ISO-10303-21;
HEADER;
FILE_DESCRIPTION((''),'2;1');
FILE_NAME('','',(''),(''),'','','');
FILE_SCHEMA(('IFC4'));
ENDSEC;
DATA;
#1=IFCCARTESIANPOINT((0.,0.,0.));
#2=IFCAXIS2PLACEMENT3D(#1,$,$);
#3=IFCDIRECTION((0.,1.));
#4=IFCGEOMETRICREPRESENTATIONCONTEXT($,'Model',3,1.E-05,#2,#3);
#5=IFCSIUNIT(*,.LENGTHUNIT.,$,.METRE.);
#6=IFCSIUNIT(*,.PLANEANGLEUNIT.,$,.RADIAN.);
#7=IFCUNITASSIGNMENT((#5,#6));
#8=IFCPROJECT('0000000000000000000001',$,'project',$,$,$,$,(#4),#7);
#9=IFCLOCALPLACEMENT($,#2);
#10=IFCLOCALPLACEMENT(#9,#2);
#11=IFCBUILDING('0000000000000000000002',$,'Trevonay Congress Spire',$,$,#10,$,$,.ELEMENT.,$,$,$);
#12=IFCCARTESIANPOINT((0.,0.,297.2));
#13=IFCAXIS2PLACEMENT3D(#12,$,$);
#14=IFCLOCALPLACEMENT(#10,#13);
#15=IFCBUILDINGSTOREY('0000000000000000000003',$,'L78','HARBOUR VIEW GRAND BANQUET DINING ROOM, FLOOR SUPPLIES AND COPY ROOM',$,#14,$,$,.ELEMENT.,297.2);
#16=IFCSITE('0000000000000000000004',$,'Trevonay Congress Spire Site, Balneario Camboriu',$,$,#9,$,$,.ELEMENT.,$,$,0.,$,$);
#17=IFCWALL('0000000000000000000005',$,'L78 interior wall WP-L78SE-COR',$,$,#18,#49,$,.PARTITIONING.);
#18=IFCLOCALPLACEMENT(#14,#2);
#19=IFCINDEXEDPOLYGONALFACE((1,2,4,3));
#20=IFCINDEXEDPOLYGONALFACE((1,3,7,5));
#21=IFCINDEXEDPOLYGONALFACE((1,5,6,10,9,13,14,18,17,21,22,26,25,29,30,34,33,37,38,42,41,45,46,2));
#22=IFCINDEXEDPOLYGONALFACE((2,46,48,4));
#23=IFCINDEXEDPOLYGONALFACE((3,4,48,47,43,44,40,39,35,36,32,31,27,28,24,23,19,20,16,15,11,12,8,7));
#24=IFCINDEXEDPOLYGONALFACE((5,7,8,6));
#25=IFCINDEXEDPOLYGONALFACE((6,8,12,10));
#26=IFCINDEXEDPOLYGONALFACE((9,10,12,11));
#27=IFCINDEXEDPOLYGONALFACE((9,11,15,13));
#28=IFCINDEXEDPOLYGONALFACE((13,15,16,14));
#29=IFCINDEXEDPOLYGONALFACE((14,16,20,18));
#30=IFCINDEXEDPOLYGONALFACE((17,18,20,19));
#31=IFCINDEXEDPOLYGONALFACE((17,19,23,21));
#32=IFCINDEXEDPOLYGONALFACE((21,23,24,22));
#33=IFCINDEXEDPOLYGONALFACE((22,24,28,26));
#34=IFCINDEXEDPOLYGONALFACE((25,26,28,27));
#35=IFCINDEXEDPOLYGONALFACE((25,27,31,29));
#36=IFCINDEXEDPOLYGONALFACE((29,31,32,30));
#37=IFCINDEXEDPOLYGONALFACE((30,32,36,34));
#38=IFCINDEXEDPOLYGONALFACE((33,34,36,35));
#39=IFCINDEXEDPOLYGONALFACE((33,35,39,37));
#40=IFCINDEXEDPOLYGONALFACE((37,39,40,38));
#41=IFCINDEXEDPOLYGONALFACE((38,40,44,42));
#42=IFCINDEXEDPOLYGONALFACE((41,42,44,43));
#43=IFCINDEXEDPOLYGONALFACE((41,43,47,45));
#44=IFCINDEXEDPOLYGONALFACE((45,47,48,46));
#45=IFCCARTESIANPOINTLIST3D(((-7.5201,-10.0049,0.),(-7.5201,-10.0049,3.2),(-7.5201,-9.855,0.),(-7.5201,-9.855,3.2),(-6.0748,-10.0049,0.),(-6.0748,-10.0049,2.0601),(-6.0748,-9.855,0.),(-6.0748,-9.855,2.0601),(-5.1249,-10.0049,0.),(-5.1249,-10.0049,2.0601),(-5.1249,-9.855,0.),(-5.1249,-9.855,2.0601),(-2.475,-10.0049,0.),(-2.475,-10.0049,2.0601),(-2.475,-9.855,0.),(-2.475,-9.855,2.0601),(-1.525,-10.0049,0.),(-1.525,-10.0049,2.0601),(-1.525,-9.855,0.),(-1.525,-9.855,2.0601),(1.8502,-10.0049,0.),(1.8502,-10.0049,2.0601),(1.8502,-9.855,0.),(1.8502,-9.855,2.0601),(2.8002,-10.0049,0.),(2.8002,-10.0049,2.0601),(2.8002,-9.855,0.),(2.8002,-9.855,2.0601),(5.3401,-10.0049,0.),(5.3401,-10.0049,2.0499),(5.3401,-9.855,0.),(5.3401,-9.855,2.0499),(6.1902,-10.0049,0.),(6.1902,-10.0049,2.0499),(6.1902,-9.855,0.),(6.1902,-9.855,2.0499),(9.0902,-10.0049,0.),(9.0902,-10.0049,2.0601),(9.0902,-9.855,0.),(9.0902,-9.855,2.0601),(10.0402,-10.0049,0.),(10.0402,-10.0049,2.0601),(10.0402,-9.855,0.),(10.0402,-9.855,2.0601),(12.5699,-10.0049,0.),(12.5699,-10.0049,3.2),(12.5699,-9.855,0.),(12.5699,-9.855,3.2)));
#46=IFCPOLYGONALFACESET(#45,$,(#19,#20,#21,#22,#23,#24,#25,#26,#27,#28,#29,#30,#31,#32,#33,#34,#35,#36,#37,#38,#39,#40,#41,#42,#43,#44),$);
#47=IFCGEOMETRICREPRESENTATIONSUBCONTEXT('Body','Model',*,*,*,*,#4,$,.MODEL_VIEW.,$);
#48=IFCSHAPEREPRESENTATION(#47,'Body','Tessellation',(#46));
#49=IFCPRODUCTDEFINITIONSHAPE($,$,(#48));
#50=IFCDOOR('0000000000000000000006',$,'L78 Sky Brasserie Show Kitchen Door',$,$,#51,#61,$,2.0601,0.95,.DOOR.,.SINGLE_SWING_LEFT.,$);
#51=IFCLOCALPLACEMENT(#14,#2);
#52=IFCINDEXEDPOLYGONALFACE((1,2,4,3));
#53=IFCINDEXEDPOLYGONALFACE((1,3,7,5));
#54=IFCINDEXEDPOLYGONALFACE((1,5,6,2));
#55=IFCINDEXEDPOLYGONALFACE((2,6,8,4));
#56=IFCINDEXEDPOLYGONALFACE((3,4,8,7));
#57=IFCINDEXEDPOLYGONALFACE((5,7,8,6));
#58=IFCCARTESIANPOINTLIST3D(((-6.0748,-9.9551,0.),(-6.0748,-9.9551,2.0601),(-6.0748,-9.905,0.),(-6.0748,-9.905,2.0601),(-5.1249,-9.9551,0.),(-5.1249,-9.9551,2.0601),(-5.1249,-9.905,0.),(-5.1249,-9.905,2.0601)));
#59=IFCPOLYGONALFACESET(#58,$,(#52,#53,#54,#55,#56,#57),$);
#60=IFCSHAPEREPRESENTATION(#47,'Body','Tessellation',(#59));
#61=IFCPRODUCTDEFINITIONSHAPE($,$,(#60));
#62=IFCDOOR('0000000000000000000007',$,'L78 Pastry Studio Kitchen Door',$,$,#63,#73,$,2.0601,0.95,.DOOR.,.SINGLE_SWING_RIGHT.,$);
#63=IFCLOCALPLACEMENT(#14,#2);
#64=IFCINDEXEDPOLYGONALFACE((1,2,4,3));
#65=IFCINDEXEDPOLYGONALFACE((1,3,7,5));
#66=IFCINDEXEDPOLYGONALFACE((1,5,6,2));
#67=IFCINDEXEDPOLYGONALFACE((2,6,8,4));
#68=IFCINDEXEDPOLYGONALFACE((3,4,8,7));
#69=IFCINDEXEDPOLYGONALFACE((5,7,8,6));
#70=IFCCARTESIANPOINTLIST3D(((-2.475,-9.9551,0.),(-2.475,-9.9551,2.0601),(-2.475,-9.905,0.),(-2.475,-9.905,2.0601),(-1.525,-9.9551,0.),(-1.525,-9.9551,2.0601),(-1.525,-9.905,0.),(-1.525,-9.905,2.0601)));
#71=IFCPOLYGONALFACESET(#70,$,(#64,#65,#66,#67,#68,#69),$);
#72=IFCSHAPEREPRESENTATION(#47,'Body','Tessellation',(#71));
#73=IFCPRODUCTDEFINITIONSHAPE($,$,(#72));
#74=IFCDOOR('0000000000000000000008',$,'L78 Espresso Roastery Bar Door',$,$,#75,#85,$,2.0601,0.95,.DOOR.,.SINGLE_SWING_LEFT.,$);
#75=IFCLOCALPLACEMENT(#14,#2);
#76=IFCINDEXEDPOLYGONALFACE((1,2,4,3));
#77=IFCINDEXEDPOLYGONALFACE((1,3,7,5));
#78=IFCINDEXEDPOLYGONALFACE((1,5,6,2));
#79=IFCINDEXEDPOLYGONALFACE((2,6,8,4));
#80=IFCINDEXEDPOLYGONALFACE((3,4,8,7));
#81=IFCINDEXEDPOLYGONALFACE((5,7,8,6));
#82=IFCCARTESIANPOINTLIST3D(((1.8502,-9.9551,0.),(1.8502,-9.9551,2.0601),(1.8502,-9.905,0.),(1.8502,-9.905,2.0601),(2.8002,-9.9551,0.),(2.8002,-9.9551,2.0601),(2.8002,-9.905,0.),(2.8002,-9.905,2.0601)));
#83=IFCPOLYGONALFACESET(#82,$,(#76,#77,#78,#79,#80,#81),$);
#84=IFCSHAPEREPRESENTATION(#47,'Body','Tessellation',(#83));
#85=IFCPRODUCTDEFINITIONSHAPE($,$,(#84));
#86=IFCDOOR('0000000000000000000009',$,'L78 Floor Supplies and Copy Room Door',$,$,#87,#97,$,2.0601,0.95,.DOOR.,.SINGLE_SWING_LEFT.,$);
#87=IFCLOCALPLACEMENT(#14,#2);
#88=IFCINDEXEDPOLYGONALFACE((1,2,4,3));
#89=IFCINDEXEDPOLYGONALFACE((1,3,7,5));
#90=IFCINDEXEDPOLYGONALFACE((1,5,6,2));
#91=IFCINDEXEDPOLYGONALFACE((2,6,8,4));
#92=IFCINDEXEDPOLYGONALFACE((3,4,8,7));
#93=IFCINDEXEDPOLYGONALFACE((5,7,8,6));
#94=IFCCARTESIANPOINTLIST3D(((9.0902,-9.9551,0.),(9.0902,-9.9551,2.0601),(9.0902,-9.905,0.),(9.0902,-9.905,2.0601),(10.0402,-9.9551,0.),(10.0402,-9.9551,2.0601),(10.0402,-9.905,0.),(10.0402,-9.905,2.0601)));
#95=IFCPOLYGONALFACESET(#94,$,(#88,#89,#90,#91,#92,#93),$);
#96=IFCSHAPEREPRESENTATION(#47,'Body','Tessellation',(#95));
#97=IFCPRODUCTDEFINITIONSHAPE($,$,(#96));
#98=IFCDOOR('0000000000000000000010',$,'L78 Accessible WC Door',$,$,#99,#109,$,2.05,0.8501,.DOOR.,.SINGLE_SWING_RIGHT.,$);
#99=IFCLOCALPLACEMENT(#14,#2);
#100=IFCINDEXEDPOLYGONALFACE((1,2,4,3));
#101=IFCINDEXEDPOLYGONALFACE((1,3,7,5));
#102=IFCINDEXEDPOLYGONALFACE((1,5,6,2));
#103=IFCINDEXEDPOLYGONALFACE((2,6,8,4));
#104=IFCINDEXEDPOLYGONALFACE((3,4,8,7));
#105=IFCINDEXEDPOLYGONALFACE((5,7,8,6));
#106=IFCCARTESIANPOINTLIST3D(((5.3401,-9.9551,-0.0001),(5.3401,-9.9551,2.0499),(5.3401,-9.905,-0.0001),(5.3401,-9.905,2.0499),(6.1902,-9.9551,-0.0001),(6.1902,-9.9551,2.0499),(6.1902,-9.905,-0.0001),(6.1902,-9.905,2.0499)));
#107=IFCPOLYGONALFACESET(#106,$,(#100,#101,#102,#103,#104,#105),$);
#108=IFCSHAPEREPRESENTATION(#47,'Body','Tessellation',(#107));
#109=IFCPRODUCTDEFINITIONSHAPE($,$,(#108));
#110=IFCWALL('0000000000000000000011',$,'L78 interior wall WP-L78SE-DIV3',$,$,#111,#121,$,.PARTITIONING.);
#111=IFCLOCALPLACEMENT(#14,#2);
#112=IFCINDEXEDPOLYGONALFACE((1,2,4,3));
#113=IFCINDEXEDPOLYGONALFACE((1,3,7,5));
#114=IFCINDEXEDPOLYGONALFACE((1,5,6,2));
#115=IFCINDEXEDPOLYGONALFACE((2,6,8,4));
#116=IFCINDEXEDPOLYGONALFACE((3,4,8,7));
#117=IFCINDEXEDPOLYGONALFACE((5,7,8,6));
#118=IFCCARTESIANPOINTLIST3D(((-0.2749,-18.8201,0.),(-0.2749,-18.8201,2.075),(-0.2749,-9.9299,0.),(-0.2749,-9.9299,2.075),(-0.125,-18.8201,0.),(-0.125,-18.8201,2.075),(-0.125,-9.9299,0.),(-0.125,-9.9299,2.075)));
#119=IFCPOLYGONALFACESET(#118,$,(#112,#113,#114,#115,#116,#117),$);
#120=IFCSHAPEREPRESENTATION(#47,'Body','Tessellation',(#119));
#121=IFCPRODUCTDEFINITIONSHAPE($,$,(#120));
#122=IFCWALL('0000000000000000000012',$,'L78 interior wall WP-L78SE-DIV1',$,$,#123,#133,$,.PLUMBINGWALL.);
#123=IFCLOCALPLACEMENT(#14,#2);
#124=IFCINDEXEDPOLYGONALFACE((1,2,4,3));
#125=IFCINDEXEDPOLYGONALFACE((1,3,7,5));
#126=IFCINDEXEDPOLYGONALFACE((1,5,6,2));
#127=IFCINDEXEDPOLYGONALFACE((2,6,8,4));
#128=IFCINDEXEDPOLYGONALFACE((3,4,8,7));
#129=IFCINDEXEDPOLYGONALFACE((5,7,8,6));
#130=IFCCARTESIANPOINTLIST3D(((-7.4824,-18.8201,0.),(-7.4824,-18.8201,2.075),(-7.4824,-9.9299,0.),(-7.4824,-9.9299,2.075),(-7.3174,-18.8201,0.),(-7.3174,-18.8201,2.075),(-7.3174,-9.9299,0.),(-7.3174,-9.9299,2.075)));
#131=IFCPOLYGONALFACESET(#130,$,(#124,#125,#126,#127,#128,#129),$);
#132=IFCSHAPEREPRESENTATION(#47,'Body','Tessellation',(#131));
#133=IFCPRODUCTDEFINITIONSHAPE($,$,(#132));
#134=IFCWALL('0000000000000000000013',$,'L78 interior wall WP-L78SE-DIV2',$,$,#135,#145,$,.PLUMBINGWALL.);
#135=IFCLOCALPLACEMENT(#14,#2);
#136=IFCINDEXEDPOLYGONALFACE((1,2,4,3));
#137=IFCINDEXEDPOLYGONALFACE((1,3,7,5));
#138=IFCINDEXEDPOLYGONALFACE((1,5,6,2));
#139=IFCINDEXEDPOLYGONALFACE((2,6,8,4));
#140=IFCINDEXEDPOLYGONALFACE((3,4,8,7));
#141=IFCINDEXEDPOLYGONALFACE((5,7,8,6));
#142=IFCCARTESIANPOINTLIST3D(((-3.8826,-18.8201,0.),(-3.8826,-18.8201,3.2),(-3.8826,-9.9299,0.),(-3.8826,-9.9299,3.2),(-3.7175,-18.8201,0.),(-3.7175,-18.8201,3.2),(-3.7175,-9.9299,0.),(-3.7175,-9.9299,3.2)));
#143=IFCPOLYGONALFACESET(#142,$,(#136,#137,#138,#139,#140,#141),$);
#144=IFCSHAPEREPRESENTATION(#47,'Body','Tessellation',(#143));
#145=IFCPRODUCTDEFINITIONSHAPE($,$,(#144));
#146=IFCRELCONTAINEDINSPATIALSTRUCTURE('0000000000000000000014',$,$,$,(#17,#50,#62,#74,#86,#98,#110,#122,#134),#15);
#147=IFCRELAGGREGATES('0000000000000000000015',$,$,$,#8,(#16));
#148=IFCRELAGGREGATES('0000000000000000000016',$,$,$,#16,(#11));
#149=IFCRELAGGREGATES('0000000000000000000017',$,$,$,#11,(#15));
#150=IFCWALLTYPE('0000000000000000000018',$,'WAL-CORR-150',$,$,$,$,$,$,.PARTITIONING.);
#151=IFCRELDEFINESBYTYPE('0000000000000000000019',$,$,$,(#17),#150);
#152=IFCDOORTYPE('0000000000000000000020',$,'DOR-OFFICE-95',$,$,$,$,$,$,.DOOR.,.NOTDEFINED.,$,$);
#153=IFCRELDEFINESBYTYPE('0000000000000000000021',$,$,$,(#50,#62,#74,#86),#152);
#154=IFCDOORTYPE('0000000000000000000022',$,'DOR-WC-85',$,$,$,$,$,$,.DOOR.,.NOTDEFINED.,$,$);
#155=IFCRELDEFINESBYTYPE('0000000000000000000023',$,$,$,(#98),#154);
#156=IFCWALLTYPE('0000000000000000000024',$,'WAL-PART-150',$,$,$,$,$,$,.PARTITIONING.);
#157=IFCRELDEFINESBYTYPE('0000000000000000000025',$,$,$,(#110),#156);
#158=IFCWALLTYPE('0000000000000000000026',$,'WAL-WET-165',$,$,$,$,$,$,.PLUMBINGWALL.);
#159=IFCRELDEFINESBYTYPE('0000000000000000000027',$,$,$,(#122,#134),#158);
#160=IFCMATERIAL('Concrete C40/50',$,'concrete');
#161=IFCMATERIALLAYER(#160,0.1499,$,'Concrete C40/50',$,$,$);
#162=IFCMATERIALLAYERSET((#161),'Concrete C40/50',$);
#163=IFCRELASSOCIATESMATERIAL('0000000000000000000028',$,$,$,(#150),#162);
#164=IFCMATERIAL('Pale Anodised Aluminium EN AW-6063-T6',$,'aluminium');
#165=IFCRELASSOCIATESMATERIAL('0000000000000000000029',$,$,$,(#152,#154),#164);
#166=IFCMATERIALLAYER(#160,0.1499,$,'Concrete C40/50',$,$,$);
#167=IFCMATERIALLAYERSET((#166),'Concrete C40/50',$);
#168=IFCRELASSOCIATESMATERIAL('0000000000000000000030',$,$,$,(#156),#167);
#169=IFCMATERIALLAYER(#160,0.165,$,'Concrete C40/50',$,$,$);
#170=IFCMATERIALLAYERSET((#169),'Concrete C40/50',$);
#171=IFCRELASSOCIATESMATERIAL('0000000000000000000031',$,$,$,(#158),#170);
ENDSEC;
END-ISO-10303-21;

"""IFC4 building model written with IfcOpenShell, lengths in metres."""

from ifc_helpers import new_model, si_unit, direction, frame, frame_2d, origin, place, context, subcontext, project, spatial, rectangle, extrude, material, layer, layer_set, type_object, element, fill, save


model = new_model("IFC4")

# Units and contexts
model_context = context("Model", 3, precision=1e-05, world=origin(), true_north=direction((0.0, 1.0)))
body_context = subcontext(model_context, "Body", "Model", "MODEL_VIEW")
ifc_project = project(units=[si_unit("LENGTHUNIT", "METRE"), si_unit("PLANEANGLEUNIT", "RADIAN")], contexts=[model_context])

# Site, building, storey
site_placement = place(None, origin())
site = spatial("IfcSite", under=ifc_project, at=site_placement, Name="Trevonay Congress Spire Site, Balneario Camboriu", CompositionType="ELEMENT", RefElevation=0.0)
building_placement = place(site_placement, origin())
building = spatial("IfcBuilding", under=site, at=building_placement, Name="Trevonay Congress Spire", CompositionType="ELEMENT")
storey_placement = place(building_placement, frame((0.0, 0.0, 297.2)))
storey = spatial("IfcBuildingStorey", under=building, at=storey_placement, Name="L78", Description="HARBOUR VIEW GRAND BANQUET DINING ROOM, FLOOR SUPPLIES AND COPY ROOM", CompositionType="ELEMENT", Elevation=297.2)

# Shared definitions
ifc_material_1 = material(Name="Pale Anodised Aluminium EN AW-6063-T6", Category="aluminium")

# Wall, openings, doors
ifc_material_2 = material(Name="Concrete C40/50", Category="concrete")
ifc_layer_1 = layer(ifc_material_2, 0.1499, Name="Concrete C40/50")
ifc_layer_set_1 = layer_set([ifc_layer_1], Name="Concrete C40/50")
wall_type_1 = type_object("IfcWallType", Name="WAL-CORR-150", PredefinedType="PARTITIONING", material=ifc_layer_set_1)
wall_1_placement = place(storey_placement, frame((-7.52, -9.9299, 0.0), z_axis=(0.0, 0.0, 1.0), x_axis=(1.0, 0.0, 0.0)))
wall_1 = element("IfcWall", 1, at=wall_1_placement, inside=storey, type_object=wall_type_1, Name="L78 interior wall WP-L78SE-COR", PredefinedType="PARTITIONING", context=body_context, shape_type="SweptSolid", body=[
    extrude(rectangle(XDim=20.0901, YDim=0.1499, at=frame_2d((10.0449, 0.0))), origin(), (0.0, 0.0, 1.0), 3.2),
])
opening_1_placement = place(wall_1_placement, frame((1.4451, 0.0, 0.0)))
opening_1 = element("IfcOpeningElement", 2, at=opening_1_placement, cuts=wall_1, PredefinedType="OPENING", context=body_context, shape_type="SweptSolid", body=[
    extrude(rectangle(XDim=0.95, YDim=2.0601, at=frame_2d((0.4751, 1.03))), frame((0.0, 0.085, 0.0), z_axis=(0.0, -1.0, 0.0), x_axis=(1.0, 0.0, 0.0)), (0.0, 0.0, 1.0), 0.1699),
])
opening_2_placement = place(wall_1_placement, frame((5.0449, 0.0, 0.0)))
opening_2 = element("IfcOpeningElement", 3, at=opening_2_placement, cuts=wall_1, PredefinedType="OPENING", context=body_context, shape_type="SweptSolid", body=[
    extrude(rectangle(XDim=0.95, YDim=2.0601, at=frame_2d((0.4751, 1.03))), frame((0.0, 0.085, 0.0), z_axis=(0.0, -1.0, 0.0), x_axis=(1.0, 0.0, 0.0)), (0.0, 0.0, 1.0), 0.1699),
])
opening_3_placement = place(wall_1_placement, frame((9.3701, 0.0, 0.0)))
opening_3 = element("IfcOpeningElement", 4, at=opening_3_placement, cuts=wall_1, PredefinedType="OPENING", context=body_context, shape_type="SweptSolid", body=[
    extrude(rectangle(XDim=0.95, YDim=2.0601, at=frame_2d((0.4751, 1.03))), frame((0.0, 0.085, 0.0), z_axis=(0.0, -1.0, 0.0), x_axis=(1.0, 0.0, 0.0)), (0.0, 0.0, 1.0), 0.1699),
])
opening_4_placement = place(wall_1_placement, frame((12.8601, 0.0, 0.0)))
opening_4 = element("IfcOpeningElement", 5, at=opening_4_placement, cuts=wall_1, PredefinedType="OPENING", context=body_context, shape_type="SweptSolid", body=[
    extrude(rectangle(XDim=0.8501, YDim=2.05, at=frame_2d((0.425, 1.0249))), frame((0.0, 0.085, 0.0), z_axis=(0.0, -1.0, 0.0), x_axis=(1.0, 0.0, 0.0)), (0.0, 0.0, 1.0), 0.1699),
])
opening_5_placement = place(wall_1_placement, frame((16.6101, 0.0, 0.0)))
opening_5 = element("IfcOpeningElement", 6, at=opening_5_placement, cuts=wall_1, PredefinedType="OPENING", context=body_context, shape_type="SweptSolid", body=[
    extrude(rectangle(XDim=0.95, YDim=2.0601, at=frame_2d((0.4751, 1.03))), frame((0.0, 0.085, 0.0), z_axis=(0.0, -1.0, 0.0), x_axis=(1.0, 0.0, 0.0)), (0.0, 0.0, 1.0), 0.1699),
])
door_type_1 = type_object("IfcDoorType", Name="DOR-OFFICE-95", OperationType="NOTDEFINED", PredefinedType="DOOR", material=ifc_material_1)
door_1_placement = place(opening_1_placement, origin())
door_1 = element("IfcDoor", 7, at=door_1_placement, inside=storey, type_object=door_type_1, Name="L78 Sky Brasserie Show Kitchen Door", OperationType="SINGLE_SWING_LEFT", OverallHeight=2.0601, OverallWidth=0.95, PredefinedType="DOOR", context=body_context, shape_type="SweptSolid", body=[
    extrude(rectangle(XDim=0.95, YDim=2.0601, at=frame_2d((0.4751, 1.03))), frame((0.0, 0.0249, 0.0), z_axis=(0.0, -1.0, 0.0), x_axis=(1.0, 0.0, 0.0)), (0.0, 0.0, 1.0), 0.05),
])
fill(opening_1, door_1)
door_2_placement = place(opening_2_placement, origin())
door_2 = element("IfcDoor", 8, at=door_2_placement, inside=storey, type_object=door_type_1, Name="L78 Pastry Studio Kitchen Door", OperationType="SINGLE_SWING_RIGHT", OverallHeight=2.0601, OverallWidth=0.95, PredefinedType="DOOR", context=body_context, shape_type="SweptSolid", body=[
    extrude(rectangle(XDim=0.95, YDim=2.0601, at=frame_2d((0.4751, 1.03))), frame((0.0, 0.0249, 0.0), z_axis=(0.0, -1.0, 0.0), x_axis=(1.0, 0.0, 0.0)), (0.0, 0.0, 1.0), 0.05),
])
fill(opening_2, door_2)
door_3_placement = place(opening_3_placement, origin())
door_3 = element("IfcDoor", 9, at=door_3_placement, inside=storey, type_object=door_type_1, Name="L78 Espresso Roastery Bar Door", OperationType="SINGLE_SWING_LEFT", OverallHeight=2.0601, OverallWidth=0.95, PredefinedType="DOOR", context=body_context, shape_type="SweptSolid", body=[
    extrude(rectangle(XDim=0.95, YDim=2.0601, at=frame_2d((0.4751, 1.03))), frame((0.0, 0.0249, 0.0), z_axis=(0.0, -1.0, 0.0), x_axis=(1.0, 0.0, 0.0)), (0.0, 0.0, 1.0), 0.05),
])
fill(opening_3, door_3)
door_4_placement = place(opening_5_placement, origin())
door_4 = element("IfcDoor", 10, at=door_4_placement, inside=storey, type_object=door_type_1, Name="L78 Floor Supplies and Copy Room Door", OperationType="SINGLE_SWING_LEFT", OverallHeight=2.0601, OverallWidth=0.95, PredefinedType="DOOR", context=body_context, shape_type="SweptSolid", body=[
    extrude(rectangle(XDim=0.95, YDim=2.0601, at=frame_2d((0.4751, 1.03))), frame((0.0, 0.0249, 0.0), z_axis=(0.0, -1.0, 0.0), x_axis=(1.0, 0.0, 0.0)), (0.0, 0.0, 1.0), 0.05),
])
fill(opening_5, door_4)
door_type_2 = type_object("IfcDoorType", Name="DOR-WC-85", OperationType="NOTDEFINED", PredefinedType="DOOR", material=ifc_material_1)
door_5_placement = place(opening_4_placement, origin())
door_5 = element("IfcDoor", 11, at=door_5_placement, inside=storey, type_object=door_type_2, Name="L78 Accessible WC Door", OperationType="SINGLE_SWING_RIGHT", OverallHeight=2.05, OverallWidth=0.8501, PredefinedType="DOOR", context=body_context, shape_type="SweptSolid", body=[
    extrude(rectangle(XDim=0.8501, YDim=2.05, at=frame_2d((0.425, 1.0249))), frame((0.0, 0.0249, 0.0), z_axis=(0.0, -1.0, 0.0), x_axis=(1.0, 0.0, 0.0)), (0.0, 0.0, 1.0), 0.05),
])
fill(opening_4, door_5)

# Walls
ifc_layer_2 = layer(ifc_material_2, 0.1499, Name="Concrete C40/50")
ifc_layer_set_2 = layer_set([ifc_layer_2], Name="Concrete C40/50")
wall_type_2 = type_object("IfcWallType", Name="WAL-PART-150", PredefinedType="PARTITIONING", material=ifc_layer_set_2)
wall_2_placement = place(storey_placement, frame((-0.2, -18.8201, 0.0), z_axis=(0.0, 0.0, 1.0), x_axis=(0.0, 1.0, 0.0)))
element("IfcWall", 12, at=wall_2_placement, inside=storey, type_object=wall_type_2, Name="L78 interior wall WP-L78SE-DIV3", PredefinedType="PARTITIONING", context=body_context, shape_type="SweptSolid", body=[
    extrude(rectangle(XDim=8.8901, YDim=0.1499, at=frame_2d((4.4451, 0.0))), origin(), (0.0, 0.0, 1.0), 2.075),
])
ifc_layer_3 = layer(ifc_material_2, 0.165, Name="Concrete C40/50")
ifc_layer_set_3 = layer_set([ifc_layer_3], Name="Concrete C40/50")
wall_type_3 = type_object("IfcWallType", Name="WAL-WET-165", PredefinedType="PLUMBINGWALL", material=ifc_layer_set_3)
wall_3_placement = place(storey_placement, frame((-7.3999, -18.8201, 0.0), z_axis=(0.0, 0.0, 1.0), x_axis=(0.0, 1.0, 0.0)))
element("IfcWall", 13, at=wall_3_placement, inside=storey, type_object=wall_type_3, Name="L78 interior wall WP-L78SE-DIV1", PredefinedType="PLUMBINGWALL", context=body_context, shape_type="SweptSolid", body=[
    extrude(rectangle(XDim=8.8901, YDim=0.165, at=frame_2d((4.4451, 0.0))), origin(), (0.0, 0.0, 1.0), 2.075),
])
wall_4_placement = place(storey_placement, frame((-3.8, -18.8201, 0.0), z_axis=(0.0, 0.0, 1.0), x_axis=(0.0, 1.0, 0.0)))
element("IfcWall", 14, at=wall_4_placement, inside=storey, type_object=wall_type_3, Name="L78 interior wall WP-L78SE-DIV2", PredefinedType="PLUMBINGWALL", context=body_context, shape_type="SweptSolid", body=[
    extrude(rectangle(XDim=8.8901, YDim=0.165, at=frame_2d((4.4451, 0.0))), origin(), (0.0, 0.0, 1.0), 3.2),
])

save(model, "model.ifc")
